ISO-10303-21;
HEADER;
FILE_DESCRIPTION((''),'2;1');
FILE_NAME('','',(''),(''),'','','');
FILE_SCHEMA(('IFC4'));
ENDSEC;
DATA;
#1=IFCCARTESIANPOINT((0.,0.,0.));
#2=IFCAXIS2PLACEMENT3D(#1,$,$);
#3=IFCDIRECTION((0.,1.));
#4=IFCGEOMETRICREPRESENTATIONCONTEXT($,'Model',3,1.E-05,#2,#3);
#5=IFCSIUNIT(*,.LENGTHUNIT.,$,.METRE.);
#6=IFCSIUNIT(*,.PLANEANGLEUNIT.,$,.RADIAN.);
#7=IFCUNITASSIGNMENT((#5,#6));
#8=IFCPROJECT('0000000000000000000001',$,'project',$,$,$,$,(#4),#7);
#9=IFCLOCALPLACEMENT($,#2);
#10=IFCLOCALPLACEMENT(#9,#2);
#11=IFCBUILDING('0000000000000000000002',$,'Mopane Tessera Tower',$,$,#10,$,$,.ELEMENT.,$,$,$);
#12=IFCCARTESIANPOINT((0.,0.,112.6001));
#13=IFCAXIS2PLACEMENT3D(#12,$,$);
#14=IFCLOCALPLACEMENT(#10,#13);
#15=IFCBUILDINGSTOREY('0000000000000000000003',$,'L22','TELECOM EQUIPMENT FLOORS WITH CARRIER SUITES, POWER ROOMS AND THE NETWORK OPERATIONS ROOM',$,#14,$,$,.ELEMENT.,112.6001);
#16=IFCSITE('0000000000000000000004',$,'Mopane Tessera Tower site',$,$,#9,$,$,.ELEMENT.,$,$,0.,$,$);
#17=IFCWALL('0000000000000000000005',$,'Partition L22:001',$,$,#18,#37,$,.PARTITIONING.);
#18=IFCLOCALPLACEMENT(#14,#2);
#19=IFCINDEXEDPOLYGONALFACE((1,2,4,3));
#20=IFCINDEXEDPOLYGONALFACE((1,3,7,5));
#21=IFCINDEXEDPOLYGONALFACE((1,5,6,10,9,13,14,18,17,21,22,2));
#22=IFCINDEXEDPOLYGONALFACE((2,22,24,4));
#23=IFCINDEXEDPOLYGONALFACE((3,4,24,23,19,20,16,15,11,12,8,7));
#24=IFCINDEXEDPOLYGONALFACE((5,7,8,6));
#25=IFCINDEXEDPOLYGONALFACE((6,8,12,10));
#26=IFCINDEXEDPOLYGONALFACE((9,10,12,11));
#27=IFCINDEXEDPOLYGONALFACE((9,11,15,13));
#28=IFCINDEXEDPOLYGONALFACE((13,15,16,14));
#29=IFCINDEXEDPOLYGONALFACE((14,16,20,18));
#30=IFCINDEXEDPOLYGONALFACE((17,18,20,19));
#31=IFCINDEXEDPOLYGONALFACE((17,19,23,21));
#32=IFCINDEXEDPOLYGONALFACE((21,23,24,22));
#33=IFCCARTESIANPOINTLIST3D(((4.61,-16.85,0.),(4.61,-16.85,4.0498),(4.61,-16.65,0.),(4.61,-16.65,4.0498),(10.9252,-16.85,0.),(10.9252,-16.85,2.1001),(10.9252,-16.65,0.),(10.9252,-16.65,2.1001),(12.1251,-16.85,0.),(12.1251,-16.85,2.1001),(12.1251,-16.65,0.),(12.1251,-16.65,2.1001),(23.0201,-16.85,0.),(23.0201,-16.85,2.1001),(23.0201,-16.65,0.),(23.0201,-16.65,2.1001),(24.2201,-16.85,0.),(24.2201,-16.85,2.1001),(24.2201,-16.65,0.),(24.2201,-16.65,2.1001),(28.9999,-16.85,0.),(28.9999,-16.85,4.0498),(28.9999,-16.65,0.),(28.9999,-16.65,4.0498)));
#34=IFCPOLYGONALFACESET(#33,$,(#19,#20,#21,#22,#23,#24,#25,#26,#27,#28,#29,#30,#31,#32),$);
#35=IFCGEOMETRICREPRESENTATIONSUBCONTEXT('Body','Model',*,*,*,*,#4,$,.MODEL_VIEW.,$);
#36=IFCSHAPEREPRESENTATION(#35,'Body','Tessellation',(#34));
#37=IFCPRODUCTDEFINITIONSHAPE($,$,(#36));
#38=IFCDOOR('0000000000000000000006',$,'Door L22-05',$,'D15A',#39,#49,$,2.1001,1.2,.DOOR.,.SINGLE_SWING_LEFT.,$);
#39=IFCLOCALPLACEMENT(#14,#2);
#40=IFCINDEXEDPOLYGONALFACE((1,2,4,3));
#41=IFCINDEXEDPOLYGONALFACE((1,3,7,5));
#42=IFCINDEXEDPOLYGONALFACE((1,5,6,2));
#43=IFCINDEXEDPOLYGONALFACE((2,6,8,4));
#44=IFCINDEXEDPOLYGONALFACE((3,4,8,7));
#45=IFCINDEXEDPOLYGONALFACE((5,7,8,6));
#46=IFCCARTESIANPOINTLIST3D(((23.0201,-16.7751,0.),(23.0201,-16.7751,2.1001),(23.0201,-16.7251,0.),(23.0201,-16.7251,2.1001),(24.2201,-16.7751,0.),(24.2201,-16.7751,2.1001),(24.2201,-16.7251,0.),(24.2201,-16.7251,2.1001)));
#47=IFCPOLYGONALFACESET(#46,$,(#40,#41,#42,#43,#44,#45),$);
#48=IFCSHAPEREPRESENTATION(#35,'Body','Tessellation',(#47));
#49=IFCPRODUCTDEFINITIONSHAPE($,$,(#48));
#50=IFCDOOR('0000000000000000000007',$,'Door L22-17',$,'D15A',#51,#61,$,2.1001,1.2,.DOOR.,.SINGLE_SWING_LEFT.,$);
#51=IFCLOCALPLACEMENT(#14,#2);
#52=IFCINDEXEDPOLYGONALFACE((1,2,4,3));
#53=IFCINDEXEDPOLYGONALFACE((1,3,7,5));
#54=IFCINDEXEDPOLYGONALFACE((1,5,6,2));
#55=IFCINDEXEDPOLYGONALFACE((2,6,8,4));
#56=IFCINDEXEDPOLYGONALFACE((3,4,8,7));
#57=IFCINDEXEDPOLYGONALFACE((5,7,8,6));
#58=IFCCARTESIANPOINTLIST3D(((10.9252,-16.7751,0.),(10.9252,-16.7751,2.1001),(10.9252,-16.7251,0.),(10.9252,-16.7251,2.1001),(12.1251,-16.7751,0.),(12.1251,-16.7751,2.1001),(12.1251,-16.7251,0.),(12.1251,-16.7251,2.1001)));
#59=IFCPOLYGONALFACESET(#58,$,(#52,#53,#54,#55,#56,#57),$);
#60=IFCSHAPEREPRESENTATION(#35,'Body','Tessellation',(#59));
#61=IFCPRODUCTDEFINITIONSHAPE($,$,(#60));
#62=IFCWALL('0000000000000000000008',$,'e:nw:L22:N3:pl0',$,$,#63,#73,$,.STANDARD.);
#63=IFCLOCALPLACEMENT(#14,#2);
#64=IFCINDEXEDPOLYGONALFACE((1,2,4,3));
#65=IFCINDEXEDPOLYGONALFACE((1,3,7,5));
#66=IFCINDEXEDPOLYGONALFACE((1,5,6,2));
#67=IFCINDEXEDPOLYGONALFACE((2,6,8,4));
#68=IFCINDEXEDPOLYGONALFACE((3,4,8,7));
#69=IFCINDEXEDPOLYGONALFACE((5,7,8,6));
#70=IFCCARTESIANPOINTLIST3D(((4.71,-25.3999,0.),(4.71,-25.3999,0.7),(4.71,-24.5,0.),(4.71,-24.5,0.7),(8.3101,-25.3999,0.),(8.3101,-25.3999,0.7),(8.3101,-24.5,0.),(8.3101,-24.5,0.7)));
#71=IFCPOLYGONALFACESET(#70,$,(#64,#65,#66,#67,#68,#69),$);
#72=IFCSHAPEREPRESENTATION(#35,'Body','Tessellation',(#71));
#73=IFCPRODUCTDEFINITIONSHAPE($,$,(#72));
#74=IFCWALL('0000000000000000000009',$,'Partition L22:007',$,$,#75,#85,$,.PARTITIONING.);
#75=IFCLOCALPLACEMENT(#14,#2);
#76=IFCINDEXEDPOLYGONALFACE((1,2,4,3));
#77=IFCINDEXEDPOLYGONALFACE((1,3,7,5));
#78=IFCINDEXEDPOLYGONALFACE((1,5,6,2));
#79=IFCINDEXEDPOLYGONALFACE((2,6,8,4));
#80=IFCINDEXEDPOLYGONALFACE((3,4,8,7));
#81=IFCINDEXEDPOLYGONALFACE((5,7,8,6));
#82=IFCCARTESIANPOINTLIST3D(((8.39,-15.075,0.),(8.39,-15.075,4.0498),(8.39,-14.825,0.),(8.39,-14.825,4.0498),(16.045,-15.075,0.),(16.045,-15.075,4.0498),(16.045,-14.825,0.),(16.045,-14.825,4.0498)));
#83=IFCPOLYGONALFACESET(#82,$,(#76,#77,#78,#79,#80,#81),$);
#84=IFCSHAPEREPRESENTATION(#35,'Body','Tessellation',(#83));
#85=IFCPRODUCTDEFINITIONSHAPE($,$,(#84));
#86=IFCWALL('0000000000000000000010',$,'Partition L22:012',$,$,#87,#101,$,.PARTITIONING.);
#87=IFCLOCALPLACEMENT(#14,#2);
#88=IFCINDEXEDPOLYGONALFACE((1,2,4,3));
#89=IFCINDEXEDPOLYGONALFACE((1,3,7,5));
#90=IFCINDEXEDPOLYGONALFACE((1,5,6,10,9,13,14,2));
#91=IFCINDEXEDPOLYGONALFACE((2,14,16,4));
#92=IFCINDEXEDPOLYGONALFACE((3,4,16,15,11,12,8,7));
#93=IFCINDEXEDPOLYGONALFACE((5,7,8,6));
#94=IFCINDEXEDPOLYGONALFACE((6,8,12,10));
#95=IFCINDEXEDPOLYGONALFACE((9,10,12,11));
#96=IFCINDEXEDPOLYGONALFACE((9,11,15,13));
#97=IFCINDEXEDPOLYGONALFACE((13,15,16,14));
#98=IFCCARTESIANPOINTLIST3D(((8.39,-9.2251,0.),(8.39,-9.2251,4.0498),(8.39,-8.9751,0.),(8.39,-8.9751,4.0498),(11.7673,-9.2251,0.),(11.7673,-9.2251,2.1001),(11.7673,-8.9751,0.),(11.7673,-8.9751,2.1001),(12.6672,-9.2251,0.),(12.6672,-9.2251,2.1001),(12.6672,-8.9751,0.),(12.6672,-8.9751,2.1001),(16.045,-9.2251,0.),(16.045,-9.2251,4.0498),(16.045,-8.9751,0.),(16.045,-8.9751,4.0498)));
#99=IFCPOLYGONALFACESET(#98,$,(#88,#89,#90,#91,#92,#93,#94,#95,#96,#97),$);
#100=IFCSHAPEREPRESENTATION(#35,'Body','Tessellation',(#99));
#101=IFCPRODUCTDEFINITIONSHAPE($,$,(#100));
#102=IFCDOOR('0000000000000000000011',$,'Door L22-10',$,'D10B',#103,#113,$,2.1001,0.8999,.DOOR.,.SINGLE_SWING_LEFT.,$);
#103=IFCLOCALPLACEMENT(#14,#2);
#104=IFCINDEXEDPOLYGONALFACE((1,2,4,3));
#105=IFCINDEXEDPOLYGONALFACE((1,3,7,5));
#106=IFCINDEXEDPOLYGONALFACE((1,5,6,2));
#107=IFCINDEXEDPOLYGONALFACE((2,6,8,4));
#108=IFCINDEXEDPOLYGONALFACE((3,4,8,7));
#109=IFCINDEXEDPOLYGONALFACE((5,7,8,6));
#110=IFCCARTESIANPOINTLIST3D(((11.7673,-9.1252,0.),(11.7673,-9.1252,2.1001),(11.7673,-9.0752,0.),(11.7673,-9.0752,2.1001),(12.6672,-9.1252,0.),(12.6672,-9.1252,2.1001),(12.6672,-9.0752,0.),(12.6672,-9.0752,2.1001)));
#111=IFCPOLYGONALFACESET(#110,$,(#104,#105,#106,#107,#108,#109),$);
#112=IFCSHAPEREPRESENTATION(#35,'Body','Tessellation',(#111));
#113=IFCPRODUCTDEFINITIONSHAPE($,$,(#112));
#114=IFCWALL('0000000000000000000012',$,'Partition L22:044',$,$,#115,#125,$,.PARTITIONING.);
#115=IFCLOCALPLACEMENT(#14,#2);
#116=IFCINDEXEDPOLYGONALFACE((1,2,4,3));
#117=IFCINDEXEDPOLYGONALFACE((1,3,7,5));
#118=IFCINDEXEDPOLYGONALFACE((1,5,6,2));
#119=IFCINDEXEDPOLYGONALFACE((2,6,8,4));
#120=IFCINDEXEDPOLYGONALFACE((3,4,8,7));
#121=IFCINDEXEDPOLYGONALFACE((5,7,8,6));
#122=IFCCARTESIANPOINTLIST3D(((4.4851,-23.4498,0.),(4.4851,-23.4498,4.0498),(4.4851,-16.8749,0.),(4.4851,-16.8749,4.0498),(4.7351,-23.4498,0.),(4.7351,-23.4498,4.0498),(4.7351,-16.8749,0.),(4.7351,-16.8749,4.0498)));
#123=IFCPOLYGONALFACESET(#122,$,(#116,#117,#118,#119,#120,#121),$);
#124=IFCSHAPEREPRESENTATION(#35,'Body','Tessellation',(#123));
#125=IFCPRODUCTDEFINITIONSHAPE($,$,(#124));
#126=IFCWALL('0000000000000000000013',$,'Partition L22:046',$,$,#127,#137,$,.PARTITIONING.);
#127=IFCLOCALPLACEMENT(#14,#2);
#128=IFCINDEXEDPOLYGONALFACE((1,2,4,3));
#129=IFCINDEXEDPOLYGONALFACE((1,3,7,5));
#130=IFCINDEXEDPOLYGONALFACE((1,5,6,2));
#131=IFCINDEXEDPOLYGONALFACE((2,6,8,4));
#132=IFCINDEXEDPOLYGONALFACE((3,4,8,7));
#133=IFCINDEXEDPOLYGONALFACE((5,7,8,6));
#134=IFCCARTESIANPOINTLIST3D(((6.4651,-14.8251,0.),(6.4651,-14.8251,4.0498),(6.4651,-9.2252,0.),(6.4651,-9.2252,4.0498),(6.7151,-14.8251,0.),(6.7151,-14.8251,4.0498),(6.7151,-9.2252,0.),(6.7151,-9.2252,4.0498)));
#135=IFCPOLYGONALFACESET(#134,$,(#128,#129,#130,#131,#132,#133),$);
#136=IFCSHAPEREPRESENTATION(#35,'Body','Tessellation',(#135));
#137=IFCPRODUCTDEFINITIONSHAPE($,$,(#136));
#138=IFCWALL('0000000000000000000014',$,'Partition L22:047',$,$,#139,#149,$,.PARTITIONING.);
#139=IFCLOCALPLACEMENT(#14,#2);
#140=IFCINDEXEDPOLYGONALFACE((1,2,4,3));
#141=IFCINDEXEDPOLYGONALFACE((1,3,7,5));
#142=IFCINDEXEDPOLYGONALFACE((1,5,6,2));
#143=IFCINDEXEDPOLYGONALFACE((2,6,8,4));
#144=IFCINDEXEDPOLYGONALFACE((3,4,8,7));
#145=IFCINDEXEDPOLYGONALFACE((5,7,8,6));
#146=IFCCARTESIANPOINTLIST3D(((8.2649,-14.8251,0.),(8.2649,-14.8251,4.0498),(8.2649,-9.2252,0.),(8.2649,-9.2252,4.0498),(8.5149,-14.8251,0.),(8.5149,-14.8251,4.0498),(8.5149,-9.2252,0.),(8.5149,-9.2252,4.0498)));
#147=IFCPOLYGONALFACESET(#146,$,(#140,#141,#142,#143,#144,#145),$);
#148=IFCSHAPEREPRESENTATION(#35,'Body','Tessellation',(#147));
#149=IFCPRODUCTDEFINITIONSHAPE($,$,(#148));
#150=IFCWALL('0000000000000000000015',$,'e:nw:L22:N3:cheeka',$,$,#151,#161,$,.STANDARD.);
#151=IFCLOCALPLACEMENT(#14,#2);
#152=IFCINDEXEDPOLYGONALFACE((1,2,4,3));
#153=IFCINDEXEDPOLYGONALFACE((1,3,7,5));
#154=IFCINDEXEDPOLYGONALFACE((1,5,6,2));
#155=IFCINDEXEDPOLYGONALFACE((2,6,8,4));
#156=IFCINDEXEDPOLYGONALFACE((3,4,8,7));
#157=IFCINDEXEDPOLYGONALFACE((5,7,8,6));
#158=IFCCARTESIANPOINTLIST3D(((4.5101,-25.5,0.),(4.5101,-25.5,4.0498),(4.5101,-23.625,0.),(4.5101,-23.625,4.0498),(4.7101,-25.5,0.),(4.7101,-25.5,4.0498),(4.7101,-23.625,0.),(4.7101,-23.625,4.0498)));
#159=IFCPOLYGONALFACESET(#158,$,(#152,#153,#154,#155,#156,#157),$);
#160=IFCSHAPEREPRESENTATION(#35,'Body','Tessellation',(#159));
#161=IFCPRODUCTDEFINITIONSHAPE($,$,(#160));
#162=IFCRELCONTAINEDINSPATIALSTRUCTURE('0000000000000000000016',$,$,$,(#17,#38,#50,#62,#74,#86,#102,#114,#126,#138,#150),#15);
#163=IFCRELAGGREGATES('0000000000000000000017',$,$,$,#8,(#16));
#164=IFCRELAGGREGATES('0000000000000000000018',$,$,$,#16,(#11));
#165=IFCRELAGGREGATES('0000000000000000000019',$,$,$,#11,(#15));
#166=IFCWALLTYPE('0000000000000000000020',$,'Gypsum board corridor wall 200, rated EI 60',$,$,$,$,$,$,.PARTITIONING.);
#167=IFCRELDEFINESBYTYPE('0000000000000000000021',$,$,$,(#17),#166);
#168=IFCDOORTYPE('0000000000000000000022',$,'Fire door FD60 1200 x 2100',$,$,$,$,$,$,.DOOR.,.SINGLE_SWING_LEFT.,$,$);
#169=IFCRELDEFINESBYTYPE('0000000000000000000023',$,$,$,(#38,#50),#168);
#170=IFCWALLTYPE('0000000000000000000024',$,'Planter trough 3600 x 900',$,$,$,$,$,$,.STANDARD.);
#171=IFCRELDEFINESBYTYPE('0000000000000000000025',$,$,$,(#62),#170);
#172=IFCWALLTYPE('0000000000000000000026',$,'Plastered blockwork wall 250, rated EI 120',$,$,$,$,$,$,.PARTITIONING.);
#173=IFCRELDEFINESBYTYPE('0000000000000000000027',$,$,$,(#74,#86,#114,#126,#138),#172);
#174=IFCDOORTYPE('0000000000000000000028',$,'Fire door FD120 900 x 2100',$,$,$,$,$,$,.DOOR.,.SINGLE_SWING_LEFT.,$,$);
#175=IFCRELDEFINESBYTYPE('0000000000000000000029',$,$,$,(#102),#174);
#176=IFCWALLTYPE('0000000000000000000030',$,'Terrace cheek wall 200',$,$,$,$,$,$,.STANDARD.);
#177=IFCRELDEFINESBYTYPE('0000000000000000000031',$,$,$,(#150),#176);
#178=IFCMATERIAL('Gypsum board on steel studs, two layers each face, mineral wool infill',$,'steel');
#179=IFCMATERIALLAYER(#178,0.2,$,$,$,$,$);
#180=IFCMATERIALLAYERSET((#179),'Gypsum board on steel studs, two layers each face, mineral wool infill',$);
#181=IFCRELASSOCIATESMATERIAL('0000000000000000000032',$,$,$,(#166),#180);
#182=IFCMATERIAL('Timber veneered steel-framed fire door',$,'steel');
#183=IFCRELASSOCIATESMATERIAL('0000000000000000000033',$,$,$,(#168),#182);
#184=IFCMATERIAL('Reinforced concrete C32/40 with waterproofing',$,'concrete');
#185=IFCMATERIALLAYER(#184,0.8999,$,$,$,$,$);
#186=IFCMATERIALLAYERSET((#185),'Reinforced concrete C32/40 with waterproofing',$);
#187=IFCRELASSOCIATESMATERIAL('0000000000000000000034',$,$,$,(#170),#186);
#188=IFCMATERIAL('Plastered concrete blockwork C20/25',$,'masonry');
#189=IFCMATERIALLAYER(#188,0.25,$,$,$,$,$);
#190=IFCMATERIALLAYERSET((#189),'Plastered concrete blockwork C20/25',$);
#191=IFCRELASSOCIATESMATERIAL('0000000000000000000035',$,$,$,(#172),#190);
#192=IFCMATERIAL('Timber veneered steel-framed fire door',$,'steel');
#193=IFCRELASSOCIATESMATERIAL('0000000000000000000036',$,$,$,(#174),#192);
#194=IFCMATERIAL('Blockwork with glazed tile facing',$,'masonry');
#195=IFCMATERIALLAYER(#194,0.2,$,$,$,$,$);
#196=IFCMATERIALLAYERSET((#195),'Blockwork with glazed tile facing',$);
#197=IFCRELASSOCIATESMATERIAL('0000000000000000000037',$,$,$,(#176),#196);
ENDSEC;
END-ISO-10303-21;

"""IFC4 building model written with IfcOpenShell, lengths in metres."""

from ifc_helpers import new_model, si_unit, direction, frame, frame_2d, origin, place, context, subcontext, project, spatial, rectangle, extrude, material, layer, layer_set, type_object, element, fill, save


model = new_model("IFC4")

# Units and contexts
model_context = context("Model", 3, precision=1e-05, world=origin(), true_north=direction((0.0, 1.0)))
body_context = subcontext(model_context, "Body", "Model", "MODEL_VIEW")
ifc_project = project(units=[si_unit("LENGTHUNIT", "METRE"), si_unit("PLANEANGLEUNIT", "RADIAN")], contexts=[model_context])

# Site, building, storey
site_placement = place(None, origin())
site = spatial("IfcSite", under=ifc_project, at=site_placement, Name="Mopane Tessera Tower site", CompositionType="ELEMENT", RefElevation=0.0)
building_placement = place(site_placement, origin())
building = spatial("IfcBuilding", under=site, at=building_placement, Name="Mopane Tessera Tower", CompositionType="ELEMENT")
storey_placement = place(building_placement, frame((0.0, 0.0, 112.6001)))
storey = spatial("IfcBuildingStorey", under=building, at=storey_placement, Name="L22", Description="TELECOM EQUIPMENT FLOORS WITH CARRIER SUITES, POWER ROOMS AND THE NETWORK OPERATIONS ROOM", CompositionType="ELEMENT", Elevation=112.6001)

# Wall, openings, doors
ifc_material_1 = material(Name="Gypsum board on steel studs, two layers each face, mineral wool infill", Category="steel")
ifc_layer_1 = layer(ifc_material_1, 0.2)
ifc_layer_set_1 = layer_set([ifc_layer_1], Name="Gypsum board on steel studs, two layers each face, mineral wool infill")
wall_type_1 = type_object("IfcWallType", Name="Gypsum board corridor wall 200, rated EI 60", PredefinedType="PARTITIONING", material=ifc_layer_set_1)
wall_1_placement = place(storey_placement, frame((4.6101, -16.75, 0.0), z_axis=(0.0, 0.0, 1.0), x_axis=(1.0, 0.0, 0.0)))
wall_1 = element("IfcWall", 1, at=wall_1_placement, inside=storey, type_object=wall_type_1, Name="Partition L22:001", PredefinedType="PARTITIONING", context=body_context, shape_type="SweptSolid", body=[
    extrude(rectangle(XDim=24.3899, YDim=0.2, at=frame_2d((12.1948, 0.0))), origin(), (0.0, 0.0, 1.0), 4.0498),
])
opening_1_placement = place(wall_1_placement, frame((18.4099, 0.0, 0.0)))
opening_1 = element("IfcOpeningElement", 2, at=opening_1_placement, cuts=wall_1, PredefinedType="OPENING", context=body_context, shape_type="SweptSolid", body=[
    extrude(rectangle(XDim=1.2, YDim=2.1001, at=frame_2d((0.6001, 1.05))), frame((0.0, 0.1121, 0.0), z_axis=(0.0, -1.0, 0.0), x_axis=(1.0, 0.0, 0.0)), (0.0, 0.0, 1.0), 0.2239),
])
opening_2_placement = place(wall_1_placement, frame((6.3149, 0.0, 0.0)))
opening_2 = element("IfcOpeningElement", 3, at=opening_2_placement, cuts=wall_1, PredefinedType="OPENING", context=body_context, shape_type="SweptSolid", body=[
    extrude(rectangle(XDim=1.2, YDim=2.1001, at=frame_2d((0.6001, 1.05))), frame((0.0, 0.1121, 0.0), z_axis=(0.0, -1.0, 0.0), x_axis=(1.0, 0.0, 0.0)), (0.0, 0.0, 1.0), 0.2239),
])
ifc_material_2 = material(Name="Timber veneered steel-framed fire door", Category="steel")
door_type_1 = type_object("IfcDoorType", Name="Fire door FD60 1200 x 2100", OperationType="SINGLE_SWING_LEFT", PredefinedType="DOOR", material=ifc_material_2)
door_1_placement = place(opening_1_placement, origin())
door_1 = element("IfcDoor", 4, at=door_1_placement, inside=storey, type_object=door_type_1, Name="Door L22-05", ObjectType="D15A", OperationType="SINGLE_SWING_LEFT", OverallHeight=2.1001, OverallWidth=1.2, PredefinedType="DOOR", context=body_context, shape_type="SweptSolid", body=[
    extrude(rectangle(XDim=1.2, YDim=2.1001, at=frame_2d((0.6001, 1.05))), frame((0.0, 0.0249, 0.0), z_axis=(0.0, -1.0, 0.0), x_axis=(1.0, 0.0, 0.0)), (0.0, 0.0, 1.0), 0.05),
])
fill(opening_1, door_1)
door_2_placement = place(opening_2_placement, origin())
door_2 = element("IfcDoor", 5, at=door_2_placement, inside=storey, type_object=door_type_1, Name="Door L22-17", ObjectType="D15A", OperationType="SINGLE_SWING_LEFT", OverallHeight=2.1001, OverallWidth=1.2, PredefinedType="DOOR", context=body_context, shape_type="SweptSolid", body=[
    extrude(rectangle(XDim=1.2, YDim=2.1001, at=frame_2d((0.6001, 1.05))), frame((0.0, 0.0249, 0.0), z_axis=(0.0, -1.0, 0.0), x_axis=(1.0, 0.0, 0.0)), (0.0, 0.0, 1.0), 0.05),
])
fill(opening_2, door_2)

# Walls
ifc_material_3 = material(Name="Reinforced concrete C32/40 with waterproofing", Category="concrete")
ifc_layer_2 = layer(ifc_material_3, 0.8999)
ifc_layer_set_2 = layer_set([ifc_layer_2], Name="Reinforced concrete C32/40 with waterproofing")
wall_type_2 = type_object("IfcWallType", Name="Planter trough 3600 x 900", PredefinedType="STANDARD", material=ifc_layer_set_2)
wall_2_placement = place(storey_placement, frame((4.71, -24.95, 0.0), z_axis=(0.0, 0.0, 1.0), x_axis=(1.0, 0.0, 0.0)))
element("IfcWall", 6, at=wall_2_placement, inside=storey, type_object=wall_type_2, Name="e:nw:L22:N3:pl0", PredefinedType="STANDARD", context=body_context, shape_type="SweptSolid", body=[
    extrude(rectangle(XDim=3.6001, YDim=0.8999, at=frame_2d((1.8, 0.0))), origin(), (0.0, 0.0, 1.0), 0.7),
])
ifc_material_4 = material(Name="Plastered concrete blockwork C20/25", Category="masonry")
ifc_layer_3 = layer(ifc_material_4, 0.25)
ifc_layer_set_3 = layer_set([ifc_layer_3], Name="Plastered concrete blockwork C20/25")
wall_type_3 = type_object("IfcWallType", Name="Plastered blockwork wall 250, rated EI 120", PredefinedType="PARTITIONING", material=ifc_layer_set_3)
wall_3_placement = place(storey_placement, frame((8.3899, -14.95, 0.0), z_axis=(0.0, 0.0, 1.0), x_axis=(1.0, 0.0, 0.0)))
element("IfcWall", 7, at=wall_3_placement, inside=storey, type_object=wall_type_3, Name="Partition L22:007", PredefinedType="PARTITIONING", context=body_context, shape_type="SweptSolid", body=[
    extrude(rectangle(XDim=7.655, YDim=0.25, at=frame_2d((3.8276, 0.0))), origin(), (0.0, 0.0, 1.0), 4.0498),
])

# Wall, opening, door
wall_4_placement = place(storey_placement, frame((8.3899, -9.1001, 0.0), z_axis=(0.0, 0.0, 1.0), x_axis=(1.0, 0.0, 0.0)))
wall_4 = element("IfcWall", 8, at=wall_4_placement, inside=storey, type_object=wall_type_3, Name="Partition L22:012", PredefinedType="PARTITIONING", context=body_context, shape_type="SweptSolid", body=[
    extrude(rectangle(XDim=7.655, YDim=0.25, at=frame_2d((3.8276, 0.0))), origin(), (0.0, 0.0, 1.0), 4.0498),
])
opening_3_placement = place(wall_4_placement, frame((3.3774, 0.0, 0.0)))
opening_3 = element("IfcOpeningElement", 9, at=opening_3_placement, cuts=wall_4, PredefinedType="OPENING", context=body_context, shape_type="SweptSolid", body=[
    extrude(rectangle(XDim=0.8999, YDim=2.1001, at=frame_2d((0.45, 1.05))), frame((0.0, 0.137, 0.0), z_axis=(0.0, -1.0, 0.0), x_axis=(1.0, 0.0, 0.0)), (0.0, 0.0, 1.0), 0.2739),
])
ifc_material_5 = material(Name="Timber veneered steel-framed fire door", Category="steel")
door_type_2 = type_object("IfcDoorType", Name="Fire door FD120 900 x 2100", OperationType="SINGLE_SWING_LEFT", PredefinedType="DOOR", material=ifc_material_5)
door_3_placement = place(opening_3_placement, origin())
door_3 = element("IfcDoor", 10, at=door_3_placement, inside=storey, type_object=door_type_2, Name="Door L22-10", ObjectType="D10B", OperationType="SINGLE_SWING_LEFT", OverallHeight=2.1001, OverallWidth=0.8999, PredefinedType="DOOR", context=body_context, shape_type="SweptSolid", body=[
    extrude(rectangle(XDim=0.8999, YDim=2.1001, at=frame_2d((0.45, 1.05))), frame((0.0, 0.0249, 0.0), z_axis=(0.0, -1.0, 0.0), x_axis=(1.0, 0.0, 0.0)), (0.0, 0.0, 1.0), 0.05),
])
fill(opening_3, door_3)

# Walls
wall_5_placement = place(storey_placement, frame((4.6101, -23.45, 0.0), z_axis=(0.0, 0.0, 1.0), x_axis=(0.0, 1.0, 0.0)))
element("IfcWall", 11, at=wall_5_placement, inside=storey, type_object=wall_type_3, Name="Partition L22:044", PredefinedType="PARTITIONING", context=body_context, shape_type="SweptSolid", body=[
    extrude(rectangle(XDim=6.575, YDim=0.25, at=frame_2d((3.2876, 0.0))), origin(), (0.0, 0.0, 1.0), 4.0498),
])
for number, where, z_axis, x_axis, name in (
    (12, (6.5901, -14.825, 0.0), (0.0, 0.0, 1.0), (0.0, 1.0, 0.0), "Partition L22:046"),
    (13, (8.3899, -14.825, 0.0), (0.0, 0.0, 1.0), (0.0, 1.0, 0.0), "Partition L22:047"),
):
    element("IfcWall", number, at=place(storey_placement, frame(where, z_axis=z_axis, x_axis=x_axis)), inside=storey, type_object=wall_type_3, Name=name, PredefinedType="PARTITIONING", context=body_context, shape_type="SweptSolid", body=[
        extrude(rectangle(XDim=5.5999, YDim=0.25, at=frame_2d((2.7998, 0.0))), origin(), (0.0, 0.0, 1.0), 4.0498),
    ])
ifc_material_6 = material(Name="Blockwork with glazed tile facing", Category="masonry")
ifc_layer_4 = layer(ifc_material_6, 0.2)
ifc_layer_set_4 = layer_set([ifc_layer_4], Name="Blockwork with glazed tile facing")
wall_type_4 = type_object("IfcWallType", Name="Terrace cheek wall 200", PredefinedType="STANDARD", material=ifc_layer_set_4)
wall_6_placement = place(storey_placement, frame((4.6101, -25.5, 0.0), z_axis=(0.0, 0.0, 1.0), x_axis=(0.0, 1.0, 0.0)))
element("IfcWall", 14, at=wall_6_placement, inside=storey, type_object=wall_type_4, Name="e:nw:L22:N3:cheeka", PredefinedType="STANDARD", context=body_context, shape_type="SweptSolid", body=[
    extrude(rectangle(XDim=1.875, YDim=0.2, at=frame_2d((0.9375, 0.0))), origin(), (0.0, 0.0, 1.0), 4.0498),
])

save(model, "model.ifc")
